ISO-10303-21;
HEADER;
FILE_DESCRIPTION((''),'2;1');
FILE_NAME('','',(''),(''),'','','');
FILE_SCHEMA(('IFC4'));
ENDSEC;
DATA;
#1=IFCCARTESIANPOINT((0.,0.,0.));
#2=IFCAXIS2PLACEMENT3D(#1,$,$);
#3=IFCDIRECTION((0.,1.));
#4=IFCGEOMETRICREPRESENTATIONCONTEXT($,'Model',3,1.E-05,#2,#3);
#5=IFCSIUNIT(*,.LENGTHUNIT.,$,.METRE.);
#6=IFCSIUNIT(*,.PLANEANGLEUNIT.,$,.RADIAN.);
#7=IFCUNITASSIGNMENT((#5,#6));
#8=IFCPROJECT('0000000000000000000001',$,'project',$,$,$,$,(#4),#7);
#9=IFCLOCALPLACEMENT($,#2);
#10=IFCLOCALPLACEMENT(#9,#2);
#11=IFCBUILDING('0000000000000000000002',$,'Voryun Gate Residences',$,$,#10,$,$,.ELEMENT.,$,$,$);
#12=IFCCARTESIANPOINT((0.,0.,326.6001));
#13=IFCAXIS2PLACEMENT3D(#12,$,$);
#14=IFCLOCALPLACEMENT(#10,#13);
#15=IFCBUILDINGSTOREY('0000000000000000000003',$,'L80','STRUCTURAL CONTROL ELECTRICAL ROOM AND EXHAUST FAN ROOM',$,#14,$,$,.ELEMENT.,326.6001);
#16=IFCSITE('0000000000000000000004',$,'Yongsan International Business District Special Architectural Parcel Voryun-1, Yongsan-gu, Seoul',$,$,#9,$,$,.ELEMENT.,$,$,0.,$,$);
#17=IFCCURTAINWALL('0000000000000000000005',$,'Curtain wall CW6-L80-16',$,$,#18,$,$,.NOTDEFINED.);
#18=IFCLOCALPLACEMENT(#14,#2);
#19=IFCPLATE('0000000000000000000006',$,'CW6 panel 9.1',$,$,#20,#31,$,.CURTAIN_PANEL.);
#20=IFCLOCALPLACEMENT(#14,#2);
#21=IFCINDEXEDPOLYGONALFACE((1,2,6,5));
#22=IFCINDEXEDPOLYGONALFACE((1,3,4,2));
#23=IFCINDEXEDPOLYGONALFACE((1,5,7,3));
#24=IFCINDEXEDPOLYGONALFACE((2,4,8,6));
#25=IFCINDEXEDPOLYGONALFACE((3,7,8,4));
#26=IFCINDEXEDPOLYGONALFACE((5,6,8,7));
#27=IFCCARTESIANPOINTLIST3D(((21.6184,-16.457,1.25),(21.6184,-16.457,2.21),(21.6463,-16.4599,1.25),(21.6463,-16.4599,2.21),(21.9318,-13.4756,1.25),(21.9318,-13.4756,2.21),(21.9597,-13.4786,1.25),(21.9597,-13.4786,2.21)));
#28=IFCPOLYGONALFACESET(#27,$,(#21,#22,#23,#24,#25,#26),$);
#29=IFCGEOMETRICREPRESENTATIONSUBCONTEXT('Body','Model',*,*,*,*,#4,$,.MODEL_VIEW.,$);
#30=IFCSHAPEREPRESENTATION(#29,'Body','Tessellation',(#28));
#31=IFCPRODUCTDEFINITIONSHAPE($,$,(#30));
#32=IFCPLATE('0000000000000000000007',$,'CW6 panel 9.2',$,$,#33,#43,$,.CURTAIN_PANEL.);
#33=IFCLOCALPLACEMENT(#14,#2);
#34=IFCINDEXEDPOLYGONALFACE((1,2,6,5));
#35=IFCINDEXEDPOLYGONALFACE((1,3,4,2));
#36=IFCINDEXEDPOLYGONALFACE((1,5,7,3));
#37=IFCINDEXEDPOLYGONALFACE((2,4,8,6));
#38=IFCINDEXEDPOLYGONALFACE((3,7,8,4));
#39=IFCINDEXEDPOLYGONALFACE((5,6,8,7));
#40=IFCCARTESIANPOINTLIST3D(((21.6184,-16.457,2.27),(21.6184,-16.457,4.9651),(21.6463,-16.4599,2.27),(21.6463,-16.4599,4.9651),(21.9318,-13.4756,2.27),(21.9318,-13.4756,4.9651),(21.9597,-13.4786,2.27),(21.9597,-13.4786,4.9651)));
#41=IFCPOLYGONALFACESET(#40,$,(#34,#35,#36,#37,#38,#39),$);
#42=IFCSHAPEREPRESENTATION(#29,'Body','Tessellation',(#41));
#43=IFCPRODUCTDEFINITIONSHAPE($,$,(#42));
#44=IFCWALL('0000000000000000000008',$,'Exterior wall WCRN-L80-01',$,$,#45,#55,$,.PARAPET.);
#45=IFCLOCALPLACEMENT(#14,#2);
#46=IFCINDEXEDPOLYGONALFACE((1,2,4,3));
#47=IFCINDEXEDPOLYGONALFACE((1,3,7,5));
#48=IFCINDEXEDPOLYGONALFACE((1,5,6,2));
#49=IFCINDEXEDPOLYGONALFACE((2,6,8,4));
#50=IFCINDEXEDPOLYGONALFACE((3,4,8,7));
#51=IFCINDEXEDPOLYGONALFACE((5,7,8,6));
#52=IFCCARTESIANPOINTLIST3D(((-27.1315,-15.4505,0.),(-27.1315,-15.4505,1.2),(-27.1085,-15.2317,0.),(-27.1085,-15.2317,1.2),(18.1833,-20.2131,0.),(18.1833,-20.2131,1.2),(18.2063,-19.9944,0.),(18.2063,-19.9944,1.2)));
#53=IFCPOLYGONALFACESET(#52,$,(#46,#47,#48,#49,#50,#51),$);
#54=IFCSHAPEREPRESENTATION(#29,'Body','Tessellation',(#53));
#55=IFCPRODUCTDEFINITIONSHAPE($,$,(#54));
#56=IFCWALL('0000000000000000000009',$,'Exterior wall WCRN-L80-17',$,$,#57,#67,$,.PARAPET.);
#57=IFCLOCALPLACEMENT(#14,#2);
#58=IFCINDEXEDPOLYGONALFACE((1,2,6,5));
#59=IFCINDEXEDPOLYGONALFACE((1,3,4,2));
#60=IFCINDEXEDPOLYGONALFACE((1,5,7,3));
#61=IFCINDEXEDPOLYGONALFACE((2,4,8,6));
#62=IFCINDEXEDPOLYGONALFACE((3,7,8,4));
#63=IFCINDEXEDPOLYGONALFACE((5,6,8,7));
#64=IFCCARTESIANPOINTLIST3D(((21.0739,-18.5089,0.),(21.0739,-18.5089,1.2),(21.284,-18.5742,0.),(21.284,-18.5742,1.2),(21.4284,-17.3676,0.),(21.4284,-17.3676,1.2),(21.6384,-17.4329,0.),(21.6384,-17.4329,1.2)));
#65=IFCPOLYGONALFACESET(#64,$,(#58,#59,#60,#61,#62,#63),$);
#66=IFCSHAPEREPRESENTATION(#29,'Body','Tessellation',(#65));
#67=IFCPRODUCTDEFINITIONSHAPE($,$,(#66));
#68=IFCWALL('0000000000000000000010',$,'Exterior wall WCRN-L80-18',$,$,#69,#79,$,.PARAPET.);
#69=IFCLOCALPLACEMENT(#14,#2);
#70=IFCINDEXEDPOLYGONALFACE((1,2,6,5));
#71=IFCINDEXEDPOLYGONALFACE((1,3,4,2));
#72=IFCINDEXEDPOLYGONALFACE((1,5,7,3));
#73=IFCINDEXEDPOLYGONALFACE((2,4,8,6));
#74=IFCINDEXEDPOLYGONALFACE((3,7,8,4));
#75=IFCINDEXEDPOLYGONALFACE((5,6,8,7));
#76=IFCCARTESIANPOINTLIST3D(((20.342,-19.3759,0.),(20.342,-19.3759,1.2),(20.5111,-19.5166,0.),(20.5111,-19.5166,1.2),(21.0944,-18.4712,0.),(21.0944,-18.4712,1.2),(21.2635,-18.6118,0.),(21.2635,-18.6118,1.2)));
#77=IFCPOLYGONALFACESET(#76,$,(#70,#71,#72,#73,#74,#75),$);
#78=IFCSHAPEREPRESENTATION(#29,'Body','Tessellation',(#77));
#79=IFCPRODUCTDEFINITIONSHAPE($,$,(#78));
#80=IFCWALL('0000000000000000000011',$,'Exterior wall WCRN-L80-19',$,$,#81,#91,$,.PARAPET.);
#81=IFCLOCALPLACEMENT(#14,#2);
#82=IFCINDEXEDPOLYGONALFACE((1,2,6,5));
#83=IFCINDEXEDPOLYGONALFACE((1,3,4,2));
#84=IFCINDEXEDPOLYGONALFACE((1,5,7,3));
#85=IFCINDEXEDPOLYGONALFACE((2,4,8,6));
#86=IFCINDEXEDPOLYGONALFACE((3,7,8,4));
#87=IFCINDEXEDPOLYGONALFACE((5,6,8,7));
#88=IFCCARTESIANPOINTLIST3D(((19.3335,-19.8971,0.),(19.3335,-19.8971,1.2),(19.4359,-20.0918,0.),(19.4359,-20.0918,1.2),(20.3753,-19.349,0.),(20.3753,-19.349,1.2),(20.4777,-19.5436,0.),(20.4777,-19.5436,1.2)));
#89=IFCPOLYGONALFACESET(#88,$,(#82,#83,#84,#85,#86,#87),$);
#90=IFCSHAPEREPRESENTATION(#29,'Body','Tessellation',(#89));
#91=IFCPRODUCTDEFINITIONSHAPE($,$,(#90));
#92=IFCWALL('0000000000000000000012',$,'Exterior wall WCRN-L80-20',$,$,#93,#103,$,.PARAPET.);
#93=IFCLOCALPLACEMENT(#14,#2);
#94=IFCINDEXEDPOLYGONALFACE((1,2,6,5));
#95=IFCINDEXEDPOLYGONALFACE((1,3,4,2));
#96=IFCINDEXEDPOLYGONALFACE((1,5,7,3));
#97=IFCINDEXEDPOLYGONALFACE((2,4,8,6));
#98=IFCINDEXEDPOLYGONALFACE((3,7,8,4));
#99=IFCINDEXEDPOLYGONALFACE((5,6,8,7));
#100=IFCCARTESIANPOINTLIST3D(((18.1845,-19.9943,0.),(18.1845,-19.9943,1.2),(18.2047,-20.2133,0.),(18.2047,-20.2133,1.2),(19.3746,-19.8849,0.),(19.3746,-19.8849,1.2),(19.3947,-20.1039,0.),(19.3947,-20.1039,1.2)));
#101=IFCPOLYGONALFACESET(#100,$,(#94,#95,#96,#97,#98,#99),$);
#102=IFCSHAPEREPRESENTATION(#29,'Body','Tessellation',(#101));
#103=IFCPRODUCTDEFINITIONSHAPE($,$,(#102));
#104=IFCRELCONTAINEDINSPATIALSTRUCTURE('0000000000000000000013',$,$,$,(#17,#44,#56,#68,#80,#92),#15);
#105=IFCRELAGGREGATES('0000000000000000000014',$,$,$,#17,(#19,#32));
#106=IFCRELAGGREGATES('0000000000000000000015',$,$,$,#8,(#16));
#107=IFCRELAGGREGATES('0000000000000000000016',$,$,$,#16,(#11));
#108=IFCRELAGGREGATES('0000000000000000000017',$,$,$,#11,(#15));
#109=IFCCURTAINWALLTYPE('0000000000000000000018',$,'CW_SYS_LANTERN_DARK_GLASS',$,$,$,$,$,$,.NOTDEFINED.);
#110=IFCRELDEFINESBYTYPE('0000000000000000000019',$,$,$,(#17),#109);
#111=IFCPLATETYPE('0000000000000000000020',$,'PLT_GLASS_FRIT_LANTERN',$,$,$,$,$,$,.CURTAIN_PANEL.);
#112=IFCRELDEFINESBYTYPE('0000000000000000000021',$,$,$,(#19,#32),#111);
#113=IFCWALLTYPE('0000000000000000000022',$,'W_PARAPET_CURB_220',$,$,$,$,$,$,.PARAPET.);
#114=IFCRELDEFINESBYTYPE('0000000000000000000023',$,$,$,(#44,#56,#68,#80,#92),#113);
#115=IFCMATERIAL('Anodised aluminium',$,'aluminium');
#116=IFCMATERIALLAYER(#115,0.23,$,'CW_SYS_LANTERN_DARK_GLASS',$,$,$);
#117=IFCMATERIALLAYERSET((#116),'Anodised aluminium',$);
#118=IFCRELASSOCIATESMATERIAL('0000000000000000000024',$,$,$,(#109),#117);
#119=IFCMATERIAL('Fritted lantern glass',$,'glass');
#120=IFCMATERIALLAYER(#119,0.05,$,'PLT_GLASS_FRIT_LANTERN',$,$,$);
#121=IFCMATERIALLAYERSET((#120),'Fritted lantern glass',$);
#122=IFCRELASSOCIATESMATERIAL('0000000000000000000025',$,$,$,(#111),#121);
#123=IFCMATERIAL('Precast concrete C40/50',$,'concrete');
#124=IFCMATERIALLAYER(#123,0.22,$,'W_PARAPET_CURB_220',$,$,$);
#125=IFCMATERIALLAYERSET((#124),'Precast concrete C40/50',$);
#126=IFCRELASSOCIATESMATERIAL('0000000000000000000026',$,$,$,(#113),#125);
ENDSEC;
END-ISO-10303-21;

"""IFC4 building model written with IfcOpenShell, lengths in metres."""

from ifc_helpers import new_model, si_unit, direction, frame, frame_2d, origin, origin_2d, place, context, subcontext, project, spatial, rectangle, extrude, material, layer, layer_set, type_object, element, aggregate, save


model = new_model("IFC4")

# Units and contexts
model_context = context("Model", 3, precision=1e-05, world=origin(), true_north=direction((0.0, 1.0)))
body_context = subcontext(model_context, "Body", "Model", "MODEL_VIEW")
ifc_project = project(units=[si_unit("LENGTHUNIT", "METRE"), si_unit("PLANEANGLEUNIT", "RADIAN")], contexts=[model_context])

# Site, building, storey
site_placement = place(None, origin())
site = spatial("IfcSite", under=ifc_project, at=site_placement, Name="Yongsan International Business District Special Architectural Parcel Voryun-1, Yongsan-gu, Seoul", CompositionType="ELEMENT", RefElevation=0.0)
building_placement = place(site_placement, origin())
building = spatial("IfcBuilding", under=site, at=building_placement, Name="Voryun Gate Residences", CompositionType="ELEMENT")
storey_placement = place(building_placement, frame((0.0, 0.0, 326.6001)))
storey = spatial("IfcBuildingStorey", under=building, at=storey_placement, Name="L80", Description="STRUCTURAL CONTROL ELECTRICAL ROOM AND EXHAUST FAN ROOM", CompositionType="ELEMENT", Elevation=326.6001)

# Shared definitions
ifc_material_1 = material(Name="Anodised aluminium", Category="aluminium")
ifc_layer_1 = layer(ifc_material_1, 0.23, Name="CW_SYS_LANTERN_DARK_GLASS")
ifc_layer_set_1 = layer_set([ifc_layer_1], Name="Anodised aluminium")
curtain_wall_type = type_object("IfcCurtainWallType", Name="CW_SYS_LANTERN_DARK_GLASS", PredefinedType="NOTDEFINED", material=ifc_layer_set_1)

# Curtain wall
curtain_wall_1_placement = place(storey_placement, origin())
curtain_wall_1 = element("IfcCurtainWall", 1, at=curtain_wall_1_placement, inside=storey, type_object=curtain_wall_type, Name="Curtain wall CW6-L80-16", PredefinedType="NOTDEFINED")

# Plates
ifc_material_2 = material(Name="Fritted lantern glass", Category="glass")
ifc_layer_2 = layer(ifc_material_2, 0.05, Name="PLT_GLASS_FRIT_LANTERN")
ifc_layer_set_2 = layer_set([ifc_layer_2], Name="Fritted lantern glass")
plate_type_1 = type_object("IfcPlateType", Name="PLT_GLASS_FRIT_LANTERN", PredefinedType="CURTAIN_PANEL", material=ifc_layer_set_2)
plate_1_placement = place(storey_placement, frame((21.7891, -14.9678, 1.25), z_axis=(0.0, 0.0, 1.0), x_axis=(-0.104528, -0.994522, 0.0)))
plate_1 = element("IfcPlate", 2, at=plate_1_placement, type_object=plate_type_1, Name="CW6 panel 9.1", PredefinedType="CURTAIN_PANEL", context=body_context, shape_type="SweptSolid", body=[
    extrude(rectangle(XDim=2.9978, YDim=0.0281, at=origin_2d()), origin(), (0.0, 0.0, 1.0), 0.96),
])
plate_2_placement = place(storey_placement, frame((21.7891, -14.9678, 2.27), z_axis=(0.0, 0.0, 1.0), x_axis=(-0.104528, -0.994522, 0.0)))
plate_2 = element("IfcPlate", 3, at=plate_2_placement, type_object=plate_type_1, Name="CW6 panel 9.2", PredefinedType="CURTAIN_PANEL", context=body_context, shape_type="SweptSolid", body=[
    extrude(rectangle(XDim=2.9978, YDim=0.0281, at=origin_2d()), origin(), (0.0, 0.0, 1.0), 2.6951),
])
aggregate(curtain_wall_1, [plate_1, plate_2])

# Walls
ifc_material_3 = material(Name="Precast concrete C40/50", Category="concrete")
ifc_layer_3 = layer(ifc_material_3, 0.22, Name="W_PARAPET_CURB_220")
ifc_layer_set_3 = layer_set([ifc_layer_3], Name="Precast concrete C40/50")
wall_type = type_object("IfcWallType", Name="W_PARAPET_CURB_220", PredefinedType="PARAPET", material=ifc_layer_set_3)
wall_1_placement = place(storey_placement, frame((18.1948, -20.1038, 0.0), z_axis=(0.0, 0.0, 1.0), x_axis=(-0.994522, 0.104526, 0.0)))
element("IfcWall", 4, at=wall_1_placement, inside=storey, type_object=wall_type, Name="Exterior wall WCRN-L80-01", PredefinedType="PARAPET", context=body_context, shape_type="SweptSolid", body=[
    extrude(rectangle(XDim=45.5645, YDim=0.22, at=frame_2d((22.7822, 0.0))), origin(), (0.0, 0.0, 1.0), 1.2),
])
wall_2_placement = place(storey_placement, frame((21.5334, -17.4001, 0.0), z_axis=(0.0, 0.0, 1.0), x_axis=(-0.296611, -0.954998, 0.0)))
element("IfcWall", 5, at=wall_2_placement, inside=storey, type_object=wall_type, Name="Exterior wall WCRN-L80-17", PredefinedType="PARAPET", context=body_context, shape_type="SweptSolid", body=[
    extrude(rectangle(XDim=1.1951, YDim=0.22, at=frame_2d((0.5977, 0.0))), origin(), (0.0, 0.0, 1.0), 1.2),
])
wall_3_placement = place(storey_placement, frame((21.179, -18.5415, 0.0), z_axis=(0.0, 0.0, 1.0), x_axis=(-0.639409, -0.768867, 0.0)))
element("IfcWall", 6, at=wall_3_placement, inside=storey, type_object=wall_type, Name="Exterior wall WCRN-L80-18", PredefinedType="PARAPET", context=body_context, shape_type="SweptSolid", body=[
    extrude(rectangle(XDim=1.1768, YDim=0.22, at=frame_2d((0.5884, 0.0))), origin(), (0.0, 0.0, 1.0), 1.2),
])
wall_4_placement = place(storey_placement, frame((20.4265, -19.4463, 0.0), z_axis=(0.0, 0.0, 1.0), x_axis=(-0.884986, -0.465618, 0.0)))
element("IfcWall", 7, at=wall_4_placement, inside=storey, type_object=wall_type, Name="Exterior wall WCRN-L80-19", PredefinedType="PARAPET", context=body_context, shape_type="SweptSolid", body=[
    extrude(rectangle(XDim=1.1772, YDim=0.22, at=frame_2d((0.5886, 0.0))), origin(), (0.0, 0.0, 1.0), 1.2),
])
wall_5_placement = place(storey_placement, frame((19.3848, -19.9944, 0.0), z_axis=(0.0, 0.0, 1.0), x_axis=(-0.995802, -0.09153, 0.0)))
element("IfcWall", 8, at=wall_5_placement, inside=storey, type_object=wall_type, Name="Exterior wall WCRN-L80-20", PredefinedType="PARAPET", context=body_context, shape_type="SweptSolid", body=[
    extrude(rectangle(XDim=1.1951, YDim=0.22, at=frame_2d((0.5977, 0.0))), origin(), (0.0, 0.0, 1.0), 1.2),
])

save(model, "model.ifc")
